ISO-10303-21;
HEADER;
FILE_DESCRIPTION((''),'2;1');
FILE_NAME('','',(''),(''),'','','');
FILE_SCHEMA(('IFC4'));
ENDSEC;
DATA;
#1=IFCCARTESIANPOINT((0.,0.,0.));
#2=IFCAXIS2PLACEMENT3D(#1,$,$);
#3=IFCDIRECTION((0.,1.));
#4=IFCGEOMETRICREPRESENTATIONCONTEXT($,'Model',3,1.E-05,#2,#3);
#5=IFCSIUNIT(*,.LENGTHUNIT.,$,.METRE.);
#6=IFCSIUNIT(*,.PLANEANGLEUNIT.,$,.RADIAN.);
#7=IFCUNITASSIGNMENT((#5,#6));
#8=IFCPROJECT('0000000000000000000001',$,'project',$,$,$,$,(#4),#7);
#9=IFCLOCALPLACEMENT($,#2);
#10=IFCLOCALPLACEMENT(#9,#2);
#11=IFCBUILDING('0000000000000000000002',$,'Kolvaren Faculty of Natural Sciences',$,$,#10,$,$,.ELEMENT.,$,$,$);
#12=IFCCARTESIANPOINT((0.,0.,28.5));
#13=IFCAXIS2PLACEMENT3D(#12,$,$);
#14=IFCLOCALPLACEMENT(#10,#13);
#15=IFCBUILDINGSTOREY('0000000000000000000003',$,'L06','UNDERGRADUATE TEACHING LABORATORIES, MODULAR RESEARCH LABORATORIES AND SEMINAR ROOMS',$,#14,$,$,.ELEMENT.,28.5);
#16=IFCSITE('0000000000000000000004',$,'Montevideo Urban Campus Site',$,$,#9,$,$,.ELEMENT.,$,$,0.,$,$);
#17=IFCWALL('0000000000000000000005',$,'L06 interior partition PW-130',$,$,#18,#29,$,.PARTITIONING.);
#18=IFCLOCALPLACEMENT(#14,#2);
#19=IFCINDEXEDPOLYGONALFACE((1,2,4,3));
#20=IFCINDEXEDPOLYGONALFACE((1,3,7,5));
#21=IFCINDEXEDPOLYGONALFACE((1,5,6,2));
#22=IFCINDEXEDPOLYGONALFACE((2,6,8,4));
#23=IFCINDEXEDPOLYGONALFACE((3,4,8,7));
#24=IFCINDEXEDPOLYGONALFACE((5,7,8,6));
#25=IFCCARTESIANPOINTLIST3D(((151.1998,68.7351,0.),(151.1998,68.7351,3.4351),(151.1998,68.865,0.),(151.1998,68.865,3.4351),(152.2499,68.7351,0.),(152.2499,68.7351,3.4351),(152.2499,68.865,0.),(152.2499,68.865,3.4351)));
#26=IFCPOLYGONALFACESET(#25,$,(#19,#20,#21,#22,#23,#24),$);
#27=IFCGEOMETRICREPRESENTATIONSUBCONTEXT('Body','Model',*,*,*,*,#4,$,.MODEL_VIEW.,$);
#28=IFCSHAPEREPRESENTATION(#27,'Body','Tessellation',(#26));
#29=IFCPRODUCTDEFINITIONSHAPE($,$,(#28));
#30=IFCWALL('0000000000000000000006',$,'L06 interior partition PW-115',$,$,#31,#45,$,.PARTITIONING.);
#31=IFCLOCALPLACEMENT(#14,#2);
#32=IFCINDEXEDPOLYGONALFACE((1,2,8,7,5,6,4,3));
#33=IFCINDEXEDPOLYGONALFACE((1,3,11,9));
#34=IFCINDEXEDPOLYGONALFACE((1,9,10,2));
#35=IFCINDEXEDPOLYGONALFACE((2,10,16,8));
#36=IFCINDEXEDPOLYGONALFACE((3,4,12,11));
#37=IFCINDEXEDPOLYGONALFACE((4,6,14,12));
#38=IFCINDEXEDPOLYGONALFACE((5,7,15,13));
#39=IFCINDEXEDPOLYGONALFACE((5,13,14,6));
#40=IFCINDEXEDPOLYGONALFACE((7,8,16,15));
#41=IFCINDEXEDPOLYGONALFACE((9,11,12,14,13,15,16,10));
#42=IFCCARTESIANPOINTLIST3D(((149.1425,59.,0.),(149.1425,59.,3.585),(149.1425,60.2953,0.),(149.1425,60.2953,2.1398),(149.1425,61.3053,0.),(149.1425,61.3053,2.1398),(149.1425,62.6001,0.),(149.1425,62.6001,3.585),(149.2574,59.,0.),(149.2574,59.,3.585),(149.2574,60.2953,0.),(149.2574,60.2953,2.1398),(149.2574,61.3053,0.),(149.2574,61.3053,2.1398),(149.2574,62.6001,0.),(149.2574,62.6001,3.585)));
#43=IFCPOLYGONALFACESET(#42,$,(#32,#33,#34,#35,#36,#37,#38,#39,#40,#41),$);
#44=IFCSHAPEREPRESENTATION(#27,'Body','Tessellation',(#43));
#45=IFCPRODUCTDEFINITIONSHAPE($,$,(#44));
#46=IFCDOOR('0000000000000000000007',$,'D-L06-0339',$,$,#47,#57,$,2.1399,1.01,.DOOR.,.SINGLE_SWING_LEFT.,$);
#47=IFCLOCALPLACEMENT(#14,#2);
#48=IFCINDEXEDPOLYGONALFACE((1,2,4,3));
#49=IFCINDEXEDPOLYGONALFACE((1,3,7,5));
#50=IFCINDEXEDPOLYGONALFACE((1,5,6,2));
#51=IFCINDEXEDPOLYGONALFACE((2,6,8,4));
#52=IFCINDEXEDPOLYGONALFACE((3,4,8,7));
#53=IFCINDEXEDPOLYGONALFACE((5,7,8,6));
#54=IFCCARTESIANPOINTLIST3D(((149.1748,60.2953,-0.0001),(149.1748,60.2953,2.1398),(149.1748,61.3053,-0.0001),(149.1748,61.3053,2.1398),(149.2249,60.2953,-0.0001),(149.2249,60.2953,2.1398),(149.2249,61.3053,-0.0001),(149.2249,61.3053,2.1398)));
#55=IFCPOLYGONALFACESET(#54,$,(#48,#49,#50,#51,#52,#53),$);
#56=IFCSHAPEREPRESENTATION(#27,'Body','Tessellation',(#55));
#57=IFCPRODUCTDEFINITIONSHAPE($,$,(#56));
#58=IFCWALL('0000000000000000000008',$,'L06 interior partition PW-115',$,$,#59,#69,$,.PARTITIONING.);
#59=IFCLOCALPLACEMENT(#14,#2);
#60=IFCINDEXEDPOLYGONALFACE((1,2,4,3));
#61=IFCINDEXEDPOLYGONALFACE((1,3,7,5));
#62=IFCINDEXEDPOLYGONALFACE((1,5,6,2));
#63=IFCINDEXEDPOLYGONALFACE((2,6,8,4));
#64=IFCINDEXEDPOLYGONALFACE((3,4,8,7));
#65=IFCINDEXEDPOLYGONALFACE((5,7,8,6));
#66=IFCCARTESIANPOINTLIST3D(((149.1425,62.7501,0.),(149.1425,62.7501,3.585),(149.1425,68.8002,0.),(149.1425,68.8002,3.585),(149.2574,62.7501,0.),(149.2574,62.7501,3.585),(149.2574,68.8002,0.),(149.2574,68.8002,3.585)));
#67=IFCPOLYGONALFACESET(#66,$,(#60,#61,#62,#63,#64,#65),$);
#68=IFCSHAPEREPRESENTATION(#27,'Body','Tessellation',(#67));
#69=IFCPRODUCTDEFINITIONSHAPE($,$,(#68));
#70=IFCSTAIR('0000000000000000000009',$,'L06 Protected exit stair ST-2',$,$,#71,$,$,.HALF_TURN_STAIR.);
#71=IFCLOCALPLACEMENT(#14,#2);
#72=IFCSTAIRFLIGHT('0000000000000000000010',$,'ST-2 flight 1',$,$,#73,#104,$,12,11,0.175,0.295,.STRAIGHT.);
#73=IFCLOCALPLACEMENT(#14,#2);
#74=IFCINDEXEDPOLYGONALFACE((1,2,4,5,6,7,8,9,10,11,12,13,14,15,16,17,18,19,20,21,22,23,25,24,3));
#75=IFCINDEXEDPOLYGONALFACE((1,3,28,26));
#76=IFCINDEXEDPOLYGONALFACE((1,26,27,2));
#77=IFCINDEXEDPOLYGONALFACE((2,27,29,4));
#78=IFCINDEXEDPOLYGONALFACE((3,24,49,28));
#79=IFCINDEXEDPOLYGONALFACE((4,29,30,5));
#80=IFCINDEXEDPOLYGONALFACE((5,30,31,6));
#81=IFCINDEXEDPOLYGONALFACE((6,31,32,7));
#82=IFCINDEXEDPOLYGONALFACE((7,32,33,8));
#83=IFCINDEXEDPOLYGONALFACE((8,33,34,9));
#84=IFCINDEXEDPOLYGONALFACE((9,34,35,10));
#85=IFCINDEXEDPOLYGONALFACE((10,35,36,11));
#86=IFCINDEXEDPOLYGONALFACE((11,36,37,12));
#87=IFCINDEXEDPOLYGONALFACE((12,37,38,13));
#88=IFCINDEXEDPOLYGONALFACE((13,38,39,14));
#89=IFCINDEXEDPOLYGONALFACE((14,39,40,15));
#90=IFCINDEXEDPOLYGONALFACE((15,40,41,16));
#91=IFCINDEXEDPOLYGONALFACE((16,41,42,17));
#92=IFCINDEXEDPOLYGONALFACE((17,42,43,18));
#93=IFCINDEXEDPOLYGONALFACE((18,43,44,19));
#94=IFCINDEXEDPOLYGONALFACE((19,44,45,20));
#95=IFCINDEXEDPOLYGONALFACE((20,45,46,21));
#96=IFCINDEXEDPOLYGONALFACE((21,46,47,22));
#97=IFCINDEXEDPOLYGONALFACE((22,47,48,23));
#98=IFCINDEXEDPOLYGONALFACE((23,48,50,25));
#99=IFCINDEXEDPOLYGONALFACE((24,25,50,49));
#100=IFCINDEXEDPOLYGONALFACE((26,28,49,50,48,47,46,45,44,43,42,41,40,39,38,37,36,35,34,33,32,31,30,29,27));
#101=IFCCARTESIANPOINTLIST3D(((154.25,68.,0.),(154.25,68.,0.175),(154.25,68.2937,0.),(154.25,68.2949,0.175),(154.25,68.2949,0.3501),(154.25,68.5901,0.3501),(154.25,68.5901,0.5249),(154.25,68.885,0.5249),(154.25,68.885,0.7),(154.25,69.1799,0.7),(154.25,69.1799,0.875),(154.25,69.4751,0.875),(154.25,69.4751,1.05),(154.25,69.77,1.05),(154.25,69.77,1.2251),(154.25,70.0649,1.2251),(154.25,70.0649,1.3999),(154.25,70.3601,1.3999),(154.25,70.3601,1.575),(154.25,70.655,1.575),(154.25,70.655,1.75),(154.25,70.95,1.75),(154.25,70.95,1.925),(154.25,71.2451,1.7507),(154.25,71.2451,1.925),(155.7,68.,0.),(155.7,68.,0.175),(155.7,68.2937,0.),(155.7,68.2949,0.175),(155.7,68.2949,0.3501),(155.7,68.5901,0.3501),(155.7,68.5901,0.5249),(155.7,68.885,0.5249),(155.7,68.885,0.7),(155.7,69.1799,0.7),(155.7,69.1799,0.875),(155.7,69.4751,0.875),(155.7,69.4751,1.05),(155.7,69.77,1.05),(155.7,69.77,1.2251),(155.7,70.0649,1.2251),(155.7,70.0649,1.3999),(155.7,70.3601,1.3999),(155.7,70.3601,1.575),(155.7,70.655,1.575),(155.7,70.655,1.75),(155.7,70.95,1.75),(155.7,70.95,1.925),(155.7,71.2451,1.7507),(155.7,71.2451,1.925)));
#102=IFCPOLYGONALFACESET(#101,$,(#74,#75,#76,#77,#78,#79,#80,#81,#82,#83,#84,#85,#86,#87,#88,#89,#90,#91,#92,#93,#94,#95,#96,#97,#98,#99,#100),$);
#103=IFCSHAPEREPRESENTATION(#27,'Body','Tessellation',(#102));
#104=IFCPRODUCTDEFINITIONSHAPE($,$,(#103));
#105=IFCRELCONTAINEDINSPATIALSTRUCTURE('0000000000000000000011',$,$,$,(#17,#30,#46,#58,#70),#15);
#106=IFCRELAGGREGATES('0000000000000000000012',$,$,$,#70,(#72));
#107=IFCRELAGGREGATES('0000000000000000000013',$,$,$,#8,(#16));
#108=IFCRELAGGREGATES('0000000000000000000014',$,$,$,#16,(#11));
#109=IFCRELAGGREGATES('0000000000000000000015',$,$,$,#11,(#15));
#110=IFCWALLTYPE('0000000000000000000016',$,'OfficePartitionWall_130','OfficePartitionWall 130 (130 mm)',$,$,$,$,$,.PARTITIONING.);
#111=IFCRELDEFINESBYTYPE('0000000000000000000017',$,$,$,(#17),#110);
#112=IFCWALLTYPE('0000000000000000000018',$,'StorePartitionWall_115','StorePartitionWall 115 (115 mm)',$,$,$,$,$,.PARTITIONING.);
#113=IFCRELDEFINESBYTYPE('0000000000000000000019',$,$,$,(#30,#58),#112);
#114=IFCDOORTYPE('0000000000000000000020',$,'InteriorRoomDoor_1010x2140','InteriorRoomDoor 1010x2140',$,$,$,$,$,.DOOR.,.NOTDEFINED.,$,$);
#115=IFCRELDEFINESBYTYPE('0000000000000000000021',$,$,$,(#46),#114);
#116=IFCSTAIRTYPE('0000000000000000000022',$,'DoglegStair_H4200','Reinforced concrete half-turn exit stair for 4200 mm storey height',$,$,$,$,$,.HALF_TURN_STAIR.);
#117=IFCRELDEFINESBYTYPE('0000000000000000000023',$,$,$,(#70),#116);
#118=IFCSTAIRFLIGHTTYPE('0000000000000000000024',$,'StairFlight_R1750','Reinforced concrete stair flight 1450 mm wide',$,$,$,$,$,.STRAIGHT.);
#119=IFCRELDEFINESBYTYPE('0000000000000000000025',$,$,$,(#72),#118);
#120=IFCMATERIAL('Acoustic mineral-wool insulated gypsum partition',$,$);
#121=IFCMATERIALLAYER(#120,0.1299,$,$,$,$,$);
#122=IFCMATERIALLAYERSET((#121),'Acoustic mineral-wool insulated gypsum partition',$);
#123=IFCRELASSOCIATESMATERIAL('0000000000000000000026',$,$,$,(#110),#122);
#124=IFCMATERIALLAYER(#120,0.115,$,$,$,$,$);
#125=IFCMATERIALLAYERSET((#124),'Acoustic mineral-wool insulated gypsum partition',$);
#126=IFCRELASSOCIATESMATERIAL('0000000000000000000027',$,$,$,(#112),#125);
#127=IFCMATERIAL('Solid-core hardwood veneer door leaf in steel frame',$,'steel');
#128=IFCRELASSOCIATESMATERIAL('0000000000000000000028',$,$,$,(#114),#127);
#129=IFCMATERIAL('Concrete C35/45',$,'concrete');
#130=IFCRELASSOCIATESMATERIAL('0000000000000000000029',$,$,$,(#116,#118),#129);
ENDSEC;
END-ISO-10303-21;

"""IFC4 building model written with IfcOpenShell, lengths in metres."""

from ifc_helpers import new_model, si_unit, direction, frame, frame_2d, origin, place, context, subcontext, project, spatial, polyline, rectangle, outline, extrude, material, layer, layer_set, type_object, element, fill, aggregate, save


model = new_model("IFC4")

# Units and contexts
model_context = context("Model", 3, precision=1e-05, world=origin(), true_north=direction((0.0, 1.0)))
body_context = subcontext(model_context, "Body", "Model", "MODEL_VIEW")
ifc_project = project(units=[si_unit("LENGTHUNIT", "METRE"), si_unit("PLANEANGLEUNIT", "RADIAN")], contexts=[model_context])

# Site, building, storey
site_placement = place(None, origin())
site = spatial("IfcSite", under=ifc_project, at=site_placement, Name="Montevideo Urban Campus Site", CompositionType="ELEMENT", RefElevation=0.0)
building_placement = place(site_placement, origin())
building = spatial("IfcBuilding", under=site, at=building_placement, Name="Kolvaren Faculty of Natural Sciences", CompositionType="ELEMENT")
storey_placement = place(building_placement, frame((0.0, 0.0, 28.5)))
storey = spatial("IfcBuildingStorey", under=building, at=storey_placement, Name="L06", Description="UNDERGRADUATE TEACHING LABORATORIES, MODULAR RESEARCH LABORATORIES AND SEMINAR ROOMS", CompositionType="ELEMENT", Elevation=28.5)

# Shared definitions
ifc_material_1 = material(Name="Concrete C35/45", Category="concrete")

# Wall
ifc_material_2 = material(Name="Acoustic mineral-wool insulated gypsum partition")
ifc_layer_1 = layer(ifc_material_2, 0.1299)
ifc_layer_set_1 = layer_set([ifc_layer_1], Name="Acoustic mineral-wool insulated gypsum partition")
wall_type_1 = type_object("IfcWallType", Name="OfficePartitionWall_130", Description="OfficePartitionWall 130 (130 mm)", PredefinedType="PARTITIONING", material=ifc_layer_set_1)
wall_1_placement = place(storey_placement, frame((151.2, 68.8, 0.0), z_axis=(0.0, 0.0, 1.0), x_axis=(1.0, 0.0, 0.0)))
element("IfcWall", 1, at=wall_1_placement, inside=storey, type_object=wall_type_1, Name="L06 interior partition PW-130", PredefinedType="PARTITIONING", context=body_context, shape_type="SweptSolid", body=[
    extrude(rectangle(XDim=1.05, YDim=0.1299, at=frame_2d((0.5249, 0.0))), origin(), (0.0, 0.0, 1.0), 3.4351),
])

# Wall, opening, door
ifc_layer_2 = layer(ifc_material_2, 0.115)
ifc_layer_set_2 = layer_set([ifc_layer_2], Name="Acoustic mineral-wool insulated gypsum partition")
wall_type_2 = type_object("IfcWallType", Name="StorePartitionWall_115", Description="StorePartitionWall 115 (115 mm)", PredefinedType="PARTITIONING", material=ifc_layer_set_2)
wall_2_placement = place(storey_placement, frame((149.2, 62.6001, 0.0), z_axis=(0.0, 0.0, 1.0), x_axis=(0.0, -1.0, 0.0)))
wall_2 = element("IfcWall", 2, at=wall_2_placement, inside=storey, type_object=wall_type_2, Name="L06 interior partition PW-115", PredefinedType="PARTITIONING", context=body_context, shape_type="SweptSolid", body=[
    extrude(rectangle(XDim=3.6001, YDim=0.115, at=frame_2d((1.8, 0.0))), origin(), (0.0, 0.0, 1.0), 3.585),
])
opening_1_placement = place(wall_2_placement, frame((1.2949, 0.0, 0.0)))
opening_1 = element("IfcOpeningElement", 3, at=opening_1_placement, cuts=wall_2, PredefinedType="OPENING", context=body_context, shape_type="SweptSolid", body=[
    extrude(rectangle(XDim=1.01, YDim=2.1399, at=frame_2d((0.5049, 1.0698))), frame((0.0, 0.0674, 0.0), z_axis=(0.0, -1.0, 0.0), x_axis=(1.0, 0.0, 0.0)), (0.0, 0.0, 1.0), 0.135),
])
ifc_material_3 = material(Name="Solid-core hardwood veneer door leaf in steel frame", Category="steel")
door_type_1 = type_object("IfcDoorType", Name="InteriorRoomDoor_1010x2140", Description="InteriorRoomDoor 1010x2140", OperationType="NOTDEFINED", PredefinedType="DOOR", material=ifc_material_3)
door_1_placement = place(opening_1_placement, origin())
door_1 = element("IfcDoor", 4, at=door_1_placement, inside=storey, type_object=door_type_1, Name="D-L06-0339", OperationType="SINGLE_SWING_LEFT", OverallHeight=2.1399, OverallWidth=1.01, PredefinedType="DOOR", context=body_context, shape_type="SweptSolid", body=[
    extrude(rectangle(XDim=1.01, YDim=2.1399, at=frame_2d((0.5049, 1.0698))), frame((0.0, 0.0249, 0.0), z_axis=(0.0, -1.0, 0.0), x_axis=(1.0, 0.0, 0.0)), (0.0, 0.0, 1.0), 0.05),
])
fill(opening_1, door_1)

# Wall
wall_3_placement = place(storey_placement, frame((149.2, 68.8, 0.0), z_axis=(0.0, 0.0, 1.0), x_axis=(0.0, -1.0, 0.0)))
element("IfcWall", 5, at=wall_3_placement, inside=storey, type_object=wall_type_2, Name="L06 interior partition PW-115", PredefinedType="PARTITIONING", context=body_context, shape_type="SweptSolid", body=[
    extrude(rectangle(XDim=6.05, YDim=0.115, at=frame_2d((3.0249, 0.0))), origin(), (0.0, 0.0, 1.0), 3.585),
])

# Stair, stair flight
stair_type = type_object("IfcStairType", Name="DoglegStair_H4200", Description="Reinforced concrete half-turn exit stair for 4200 mm storey height", PredefinedType="HALF_TURN_STAIR", material=ifc_material_1)
stair_placement = place(storey_placement, origin())
stair = element("IfcStair", 6, at=stair_placement, inside=storey, type_object=stair_type, Name="L06 Protected exit stair ST-2", PredefinedType="HALF_TURN_STAIR")
stair_flight_type = type_object("IfcStairFlightType", Name="StairFlight_R1750", Description="Reinforced concrete stair flight 1450 mm wide", PredefinedType="STRAIGHT", material=ifc_material_1)
stair_flight_placement = place(storey_placement, frame((154.9751, 68.0, 0.0), z_axis=(0.0, 0.0, 1.0), x_axis=(0.0, 1.0, 0.0)))
stair_flight = element("IfcStairFlight", 7, at=stair_flight_placement, type_object=stair_flight_type, Name="ST-2 flight 1", NumberOfRisers=12, NumberOfTreads=11, PredefinedType="STRAIGHT", RiserHeight=0.175, TreadLength=0.295, context=body_context, shape_type="SweptSolid", body=[
    extrude(outline(polyline([(0.0, 0.0), (0.0, 0.175), (0.2949, 0.175), (0.2949, 0.3501), (0.5901, 0.3501), (0.5901, 0.5249), (0.885, 0.5249), (0.885, 0.7), (1.1799, 0.7), (1.1799, 0.875), (1.4751, 0.875), (1.4751, 1.05), (1.77, 1.05), (1.77, 1.2251), (2.0649, 1.2251), (2.0649, 1.3999), (2.3601, 1.3999), (2.3601, 1.575), (2.655, 1.575), (2.655, 1.75), (2.95, 1.75), (2.95, 1.925), (3.2451, 1.925), (3.2451, 2.1001), (3.2451, 1.7507), (0.2937, 0.0), (0.0, 0.0)])), frame((0.0, 0.7251, 0.0), z_axis=(0.0, -1.0, 0.0), x_axis=(1.0, 0.0, 0.0)), (0.0, 0.0, 1.0), 1.45),
])
aggregate(stair, [stair_flight])

save(model, "model.ifc")
